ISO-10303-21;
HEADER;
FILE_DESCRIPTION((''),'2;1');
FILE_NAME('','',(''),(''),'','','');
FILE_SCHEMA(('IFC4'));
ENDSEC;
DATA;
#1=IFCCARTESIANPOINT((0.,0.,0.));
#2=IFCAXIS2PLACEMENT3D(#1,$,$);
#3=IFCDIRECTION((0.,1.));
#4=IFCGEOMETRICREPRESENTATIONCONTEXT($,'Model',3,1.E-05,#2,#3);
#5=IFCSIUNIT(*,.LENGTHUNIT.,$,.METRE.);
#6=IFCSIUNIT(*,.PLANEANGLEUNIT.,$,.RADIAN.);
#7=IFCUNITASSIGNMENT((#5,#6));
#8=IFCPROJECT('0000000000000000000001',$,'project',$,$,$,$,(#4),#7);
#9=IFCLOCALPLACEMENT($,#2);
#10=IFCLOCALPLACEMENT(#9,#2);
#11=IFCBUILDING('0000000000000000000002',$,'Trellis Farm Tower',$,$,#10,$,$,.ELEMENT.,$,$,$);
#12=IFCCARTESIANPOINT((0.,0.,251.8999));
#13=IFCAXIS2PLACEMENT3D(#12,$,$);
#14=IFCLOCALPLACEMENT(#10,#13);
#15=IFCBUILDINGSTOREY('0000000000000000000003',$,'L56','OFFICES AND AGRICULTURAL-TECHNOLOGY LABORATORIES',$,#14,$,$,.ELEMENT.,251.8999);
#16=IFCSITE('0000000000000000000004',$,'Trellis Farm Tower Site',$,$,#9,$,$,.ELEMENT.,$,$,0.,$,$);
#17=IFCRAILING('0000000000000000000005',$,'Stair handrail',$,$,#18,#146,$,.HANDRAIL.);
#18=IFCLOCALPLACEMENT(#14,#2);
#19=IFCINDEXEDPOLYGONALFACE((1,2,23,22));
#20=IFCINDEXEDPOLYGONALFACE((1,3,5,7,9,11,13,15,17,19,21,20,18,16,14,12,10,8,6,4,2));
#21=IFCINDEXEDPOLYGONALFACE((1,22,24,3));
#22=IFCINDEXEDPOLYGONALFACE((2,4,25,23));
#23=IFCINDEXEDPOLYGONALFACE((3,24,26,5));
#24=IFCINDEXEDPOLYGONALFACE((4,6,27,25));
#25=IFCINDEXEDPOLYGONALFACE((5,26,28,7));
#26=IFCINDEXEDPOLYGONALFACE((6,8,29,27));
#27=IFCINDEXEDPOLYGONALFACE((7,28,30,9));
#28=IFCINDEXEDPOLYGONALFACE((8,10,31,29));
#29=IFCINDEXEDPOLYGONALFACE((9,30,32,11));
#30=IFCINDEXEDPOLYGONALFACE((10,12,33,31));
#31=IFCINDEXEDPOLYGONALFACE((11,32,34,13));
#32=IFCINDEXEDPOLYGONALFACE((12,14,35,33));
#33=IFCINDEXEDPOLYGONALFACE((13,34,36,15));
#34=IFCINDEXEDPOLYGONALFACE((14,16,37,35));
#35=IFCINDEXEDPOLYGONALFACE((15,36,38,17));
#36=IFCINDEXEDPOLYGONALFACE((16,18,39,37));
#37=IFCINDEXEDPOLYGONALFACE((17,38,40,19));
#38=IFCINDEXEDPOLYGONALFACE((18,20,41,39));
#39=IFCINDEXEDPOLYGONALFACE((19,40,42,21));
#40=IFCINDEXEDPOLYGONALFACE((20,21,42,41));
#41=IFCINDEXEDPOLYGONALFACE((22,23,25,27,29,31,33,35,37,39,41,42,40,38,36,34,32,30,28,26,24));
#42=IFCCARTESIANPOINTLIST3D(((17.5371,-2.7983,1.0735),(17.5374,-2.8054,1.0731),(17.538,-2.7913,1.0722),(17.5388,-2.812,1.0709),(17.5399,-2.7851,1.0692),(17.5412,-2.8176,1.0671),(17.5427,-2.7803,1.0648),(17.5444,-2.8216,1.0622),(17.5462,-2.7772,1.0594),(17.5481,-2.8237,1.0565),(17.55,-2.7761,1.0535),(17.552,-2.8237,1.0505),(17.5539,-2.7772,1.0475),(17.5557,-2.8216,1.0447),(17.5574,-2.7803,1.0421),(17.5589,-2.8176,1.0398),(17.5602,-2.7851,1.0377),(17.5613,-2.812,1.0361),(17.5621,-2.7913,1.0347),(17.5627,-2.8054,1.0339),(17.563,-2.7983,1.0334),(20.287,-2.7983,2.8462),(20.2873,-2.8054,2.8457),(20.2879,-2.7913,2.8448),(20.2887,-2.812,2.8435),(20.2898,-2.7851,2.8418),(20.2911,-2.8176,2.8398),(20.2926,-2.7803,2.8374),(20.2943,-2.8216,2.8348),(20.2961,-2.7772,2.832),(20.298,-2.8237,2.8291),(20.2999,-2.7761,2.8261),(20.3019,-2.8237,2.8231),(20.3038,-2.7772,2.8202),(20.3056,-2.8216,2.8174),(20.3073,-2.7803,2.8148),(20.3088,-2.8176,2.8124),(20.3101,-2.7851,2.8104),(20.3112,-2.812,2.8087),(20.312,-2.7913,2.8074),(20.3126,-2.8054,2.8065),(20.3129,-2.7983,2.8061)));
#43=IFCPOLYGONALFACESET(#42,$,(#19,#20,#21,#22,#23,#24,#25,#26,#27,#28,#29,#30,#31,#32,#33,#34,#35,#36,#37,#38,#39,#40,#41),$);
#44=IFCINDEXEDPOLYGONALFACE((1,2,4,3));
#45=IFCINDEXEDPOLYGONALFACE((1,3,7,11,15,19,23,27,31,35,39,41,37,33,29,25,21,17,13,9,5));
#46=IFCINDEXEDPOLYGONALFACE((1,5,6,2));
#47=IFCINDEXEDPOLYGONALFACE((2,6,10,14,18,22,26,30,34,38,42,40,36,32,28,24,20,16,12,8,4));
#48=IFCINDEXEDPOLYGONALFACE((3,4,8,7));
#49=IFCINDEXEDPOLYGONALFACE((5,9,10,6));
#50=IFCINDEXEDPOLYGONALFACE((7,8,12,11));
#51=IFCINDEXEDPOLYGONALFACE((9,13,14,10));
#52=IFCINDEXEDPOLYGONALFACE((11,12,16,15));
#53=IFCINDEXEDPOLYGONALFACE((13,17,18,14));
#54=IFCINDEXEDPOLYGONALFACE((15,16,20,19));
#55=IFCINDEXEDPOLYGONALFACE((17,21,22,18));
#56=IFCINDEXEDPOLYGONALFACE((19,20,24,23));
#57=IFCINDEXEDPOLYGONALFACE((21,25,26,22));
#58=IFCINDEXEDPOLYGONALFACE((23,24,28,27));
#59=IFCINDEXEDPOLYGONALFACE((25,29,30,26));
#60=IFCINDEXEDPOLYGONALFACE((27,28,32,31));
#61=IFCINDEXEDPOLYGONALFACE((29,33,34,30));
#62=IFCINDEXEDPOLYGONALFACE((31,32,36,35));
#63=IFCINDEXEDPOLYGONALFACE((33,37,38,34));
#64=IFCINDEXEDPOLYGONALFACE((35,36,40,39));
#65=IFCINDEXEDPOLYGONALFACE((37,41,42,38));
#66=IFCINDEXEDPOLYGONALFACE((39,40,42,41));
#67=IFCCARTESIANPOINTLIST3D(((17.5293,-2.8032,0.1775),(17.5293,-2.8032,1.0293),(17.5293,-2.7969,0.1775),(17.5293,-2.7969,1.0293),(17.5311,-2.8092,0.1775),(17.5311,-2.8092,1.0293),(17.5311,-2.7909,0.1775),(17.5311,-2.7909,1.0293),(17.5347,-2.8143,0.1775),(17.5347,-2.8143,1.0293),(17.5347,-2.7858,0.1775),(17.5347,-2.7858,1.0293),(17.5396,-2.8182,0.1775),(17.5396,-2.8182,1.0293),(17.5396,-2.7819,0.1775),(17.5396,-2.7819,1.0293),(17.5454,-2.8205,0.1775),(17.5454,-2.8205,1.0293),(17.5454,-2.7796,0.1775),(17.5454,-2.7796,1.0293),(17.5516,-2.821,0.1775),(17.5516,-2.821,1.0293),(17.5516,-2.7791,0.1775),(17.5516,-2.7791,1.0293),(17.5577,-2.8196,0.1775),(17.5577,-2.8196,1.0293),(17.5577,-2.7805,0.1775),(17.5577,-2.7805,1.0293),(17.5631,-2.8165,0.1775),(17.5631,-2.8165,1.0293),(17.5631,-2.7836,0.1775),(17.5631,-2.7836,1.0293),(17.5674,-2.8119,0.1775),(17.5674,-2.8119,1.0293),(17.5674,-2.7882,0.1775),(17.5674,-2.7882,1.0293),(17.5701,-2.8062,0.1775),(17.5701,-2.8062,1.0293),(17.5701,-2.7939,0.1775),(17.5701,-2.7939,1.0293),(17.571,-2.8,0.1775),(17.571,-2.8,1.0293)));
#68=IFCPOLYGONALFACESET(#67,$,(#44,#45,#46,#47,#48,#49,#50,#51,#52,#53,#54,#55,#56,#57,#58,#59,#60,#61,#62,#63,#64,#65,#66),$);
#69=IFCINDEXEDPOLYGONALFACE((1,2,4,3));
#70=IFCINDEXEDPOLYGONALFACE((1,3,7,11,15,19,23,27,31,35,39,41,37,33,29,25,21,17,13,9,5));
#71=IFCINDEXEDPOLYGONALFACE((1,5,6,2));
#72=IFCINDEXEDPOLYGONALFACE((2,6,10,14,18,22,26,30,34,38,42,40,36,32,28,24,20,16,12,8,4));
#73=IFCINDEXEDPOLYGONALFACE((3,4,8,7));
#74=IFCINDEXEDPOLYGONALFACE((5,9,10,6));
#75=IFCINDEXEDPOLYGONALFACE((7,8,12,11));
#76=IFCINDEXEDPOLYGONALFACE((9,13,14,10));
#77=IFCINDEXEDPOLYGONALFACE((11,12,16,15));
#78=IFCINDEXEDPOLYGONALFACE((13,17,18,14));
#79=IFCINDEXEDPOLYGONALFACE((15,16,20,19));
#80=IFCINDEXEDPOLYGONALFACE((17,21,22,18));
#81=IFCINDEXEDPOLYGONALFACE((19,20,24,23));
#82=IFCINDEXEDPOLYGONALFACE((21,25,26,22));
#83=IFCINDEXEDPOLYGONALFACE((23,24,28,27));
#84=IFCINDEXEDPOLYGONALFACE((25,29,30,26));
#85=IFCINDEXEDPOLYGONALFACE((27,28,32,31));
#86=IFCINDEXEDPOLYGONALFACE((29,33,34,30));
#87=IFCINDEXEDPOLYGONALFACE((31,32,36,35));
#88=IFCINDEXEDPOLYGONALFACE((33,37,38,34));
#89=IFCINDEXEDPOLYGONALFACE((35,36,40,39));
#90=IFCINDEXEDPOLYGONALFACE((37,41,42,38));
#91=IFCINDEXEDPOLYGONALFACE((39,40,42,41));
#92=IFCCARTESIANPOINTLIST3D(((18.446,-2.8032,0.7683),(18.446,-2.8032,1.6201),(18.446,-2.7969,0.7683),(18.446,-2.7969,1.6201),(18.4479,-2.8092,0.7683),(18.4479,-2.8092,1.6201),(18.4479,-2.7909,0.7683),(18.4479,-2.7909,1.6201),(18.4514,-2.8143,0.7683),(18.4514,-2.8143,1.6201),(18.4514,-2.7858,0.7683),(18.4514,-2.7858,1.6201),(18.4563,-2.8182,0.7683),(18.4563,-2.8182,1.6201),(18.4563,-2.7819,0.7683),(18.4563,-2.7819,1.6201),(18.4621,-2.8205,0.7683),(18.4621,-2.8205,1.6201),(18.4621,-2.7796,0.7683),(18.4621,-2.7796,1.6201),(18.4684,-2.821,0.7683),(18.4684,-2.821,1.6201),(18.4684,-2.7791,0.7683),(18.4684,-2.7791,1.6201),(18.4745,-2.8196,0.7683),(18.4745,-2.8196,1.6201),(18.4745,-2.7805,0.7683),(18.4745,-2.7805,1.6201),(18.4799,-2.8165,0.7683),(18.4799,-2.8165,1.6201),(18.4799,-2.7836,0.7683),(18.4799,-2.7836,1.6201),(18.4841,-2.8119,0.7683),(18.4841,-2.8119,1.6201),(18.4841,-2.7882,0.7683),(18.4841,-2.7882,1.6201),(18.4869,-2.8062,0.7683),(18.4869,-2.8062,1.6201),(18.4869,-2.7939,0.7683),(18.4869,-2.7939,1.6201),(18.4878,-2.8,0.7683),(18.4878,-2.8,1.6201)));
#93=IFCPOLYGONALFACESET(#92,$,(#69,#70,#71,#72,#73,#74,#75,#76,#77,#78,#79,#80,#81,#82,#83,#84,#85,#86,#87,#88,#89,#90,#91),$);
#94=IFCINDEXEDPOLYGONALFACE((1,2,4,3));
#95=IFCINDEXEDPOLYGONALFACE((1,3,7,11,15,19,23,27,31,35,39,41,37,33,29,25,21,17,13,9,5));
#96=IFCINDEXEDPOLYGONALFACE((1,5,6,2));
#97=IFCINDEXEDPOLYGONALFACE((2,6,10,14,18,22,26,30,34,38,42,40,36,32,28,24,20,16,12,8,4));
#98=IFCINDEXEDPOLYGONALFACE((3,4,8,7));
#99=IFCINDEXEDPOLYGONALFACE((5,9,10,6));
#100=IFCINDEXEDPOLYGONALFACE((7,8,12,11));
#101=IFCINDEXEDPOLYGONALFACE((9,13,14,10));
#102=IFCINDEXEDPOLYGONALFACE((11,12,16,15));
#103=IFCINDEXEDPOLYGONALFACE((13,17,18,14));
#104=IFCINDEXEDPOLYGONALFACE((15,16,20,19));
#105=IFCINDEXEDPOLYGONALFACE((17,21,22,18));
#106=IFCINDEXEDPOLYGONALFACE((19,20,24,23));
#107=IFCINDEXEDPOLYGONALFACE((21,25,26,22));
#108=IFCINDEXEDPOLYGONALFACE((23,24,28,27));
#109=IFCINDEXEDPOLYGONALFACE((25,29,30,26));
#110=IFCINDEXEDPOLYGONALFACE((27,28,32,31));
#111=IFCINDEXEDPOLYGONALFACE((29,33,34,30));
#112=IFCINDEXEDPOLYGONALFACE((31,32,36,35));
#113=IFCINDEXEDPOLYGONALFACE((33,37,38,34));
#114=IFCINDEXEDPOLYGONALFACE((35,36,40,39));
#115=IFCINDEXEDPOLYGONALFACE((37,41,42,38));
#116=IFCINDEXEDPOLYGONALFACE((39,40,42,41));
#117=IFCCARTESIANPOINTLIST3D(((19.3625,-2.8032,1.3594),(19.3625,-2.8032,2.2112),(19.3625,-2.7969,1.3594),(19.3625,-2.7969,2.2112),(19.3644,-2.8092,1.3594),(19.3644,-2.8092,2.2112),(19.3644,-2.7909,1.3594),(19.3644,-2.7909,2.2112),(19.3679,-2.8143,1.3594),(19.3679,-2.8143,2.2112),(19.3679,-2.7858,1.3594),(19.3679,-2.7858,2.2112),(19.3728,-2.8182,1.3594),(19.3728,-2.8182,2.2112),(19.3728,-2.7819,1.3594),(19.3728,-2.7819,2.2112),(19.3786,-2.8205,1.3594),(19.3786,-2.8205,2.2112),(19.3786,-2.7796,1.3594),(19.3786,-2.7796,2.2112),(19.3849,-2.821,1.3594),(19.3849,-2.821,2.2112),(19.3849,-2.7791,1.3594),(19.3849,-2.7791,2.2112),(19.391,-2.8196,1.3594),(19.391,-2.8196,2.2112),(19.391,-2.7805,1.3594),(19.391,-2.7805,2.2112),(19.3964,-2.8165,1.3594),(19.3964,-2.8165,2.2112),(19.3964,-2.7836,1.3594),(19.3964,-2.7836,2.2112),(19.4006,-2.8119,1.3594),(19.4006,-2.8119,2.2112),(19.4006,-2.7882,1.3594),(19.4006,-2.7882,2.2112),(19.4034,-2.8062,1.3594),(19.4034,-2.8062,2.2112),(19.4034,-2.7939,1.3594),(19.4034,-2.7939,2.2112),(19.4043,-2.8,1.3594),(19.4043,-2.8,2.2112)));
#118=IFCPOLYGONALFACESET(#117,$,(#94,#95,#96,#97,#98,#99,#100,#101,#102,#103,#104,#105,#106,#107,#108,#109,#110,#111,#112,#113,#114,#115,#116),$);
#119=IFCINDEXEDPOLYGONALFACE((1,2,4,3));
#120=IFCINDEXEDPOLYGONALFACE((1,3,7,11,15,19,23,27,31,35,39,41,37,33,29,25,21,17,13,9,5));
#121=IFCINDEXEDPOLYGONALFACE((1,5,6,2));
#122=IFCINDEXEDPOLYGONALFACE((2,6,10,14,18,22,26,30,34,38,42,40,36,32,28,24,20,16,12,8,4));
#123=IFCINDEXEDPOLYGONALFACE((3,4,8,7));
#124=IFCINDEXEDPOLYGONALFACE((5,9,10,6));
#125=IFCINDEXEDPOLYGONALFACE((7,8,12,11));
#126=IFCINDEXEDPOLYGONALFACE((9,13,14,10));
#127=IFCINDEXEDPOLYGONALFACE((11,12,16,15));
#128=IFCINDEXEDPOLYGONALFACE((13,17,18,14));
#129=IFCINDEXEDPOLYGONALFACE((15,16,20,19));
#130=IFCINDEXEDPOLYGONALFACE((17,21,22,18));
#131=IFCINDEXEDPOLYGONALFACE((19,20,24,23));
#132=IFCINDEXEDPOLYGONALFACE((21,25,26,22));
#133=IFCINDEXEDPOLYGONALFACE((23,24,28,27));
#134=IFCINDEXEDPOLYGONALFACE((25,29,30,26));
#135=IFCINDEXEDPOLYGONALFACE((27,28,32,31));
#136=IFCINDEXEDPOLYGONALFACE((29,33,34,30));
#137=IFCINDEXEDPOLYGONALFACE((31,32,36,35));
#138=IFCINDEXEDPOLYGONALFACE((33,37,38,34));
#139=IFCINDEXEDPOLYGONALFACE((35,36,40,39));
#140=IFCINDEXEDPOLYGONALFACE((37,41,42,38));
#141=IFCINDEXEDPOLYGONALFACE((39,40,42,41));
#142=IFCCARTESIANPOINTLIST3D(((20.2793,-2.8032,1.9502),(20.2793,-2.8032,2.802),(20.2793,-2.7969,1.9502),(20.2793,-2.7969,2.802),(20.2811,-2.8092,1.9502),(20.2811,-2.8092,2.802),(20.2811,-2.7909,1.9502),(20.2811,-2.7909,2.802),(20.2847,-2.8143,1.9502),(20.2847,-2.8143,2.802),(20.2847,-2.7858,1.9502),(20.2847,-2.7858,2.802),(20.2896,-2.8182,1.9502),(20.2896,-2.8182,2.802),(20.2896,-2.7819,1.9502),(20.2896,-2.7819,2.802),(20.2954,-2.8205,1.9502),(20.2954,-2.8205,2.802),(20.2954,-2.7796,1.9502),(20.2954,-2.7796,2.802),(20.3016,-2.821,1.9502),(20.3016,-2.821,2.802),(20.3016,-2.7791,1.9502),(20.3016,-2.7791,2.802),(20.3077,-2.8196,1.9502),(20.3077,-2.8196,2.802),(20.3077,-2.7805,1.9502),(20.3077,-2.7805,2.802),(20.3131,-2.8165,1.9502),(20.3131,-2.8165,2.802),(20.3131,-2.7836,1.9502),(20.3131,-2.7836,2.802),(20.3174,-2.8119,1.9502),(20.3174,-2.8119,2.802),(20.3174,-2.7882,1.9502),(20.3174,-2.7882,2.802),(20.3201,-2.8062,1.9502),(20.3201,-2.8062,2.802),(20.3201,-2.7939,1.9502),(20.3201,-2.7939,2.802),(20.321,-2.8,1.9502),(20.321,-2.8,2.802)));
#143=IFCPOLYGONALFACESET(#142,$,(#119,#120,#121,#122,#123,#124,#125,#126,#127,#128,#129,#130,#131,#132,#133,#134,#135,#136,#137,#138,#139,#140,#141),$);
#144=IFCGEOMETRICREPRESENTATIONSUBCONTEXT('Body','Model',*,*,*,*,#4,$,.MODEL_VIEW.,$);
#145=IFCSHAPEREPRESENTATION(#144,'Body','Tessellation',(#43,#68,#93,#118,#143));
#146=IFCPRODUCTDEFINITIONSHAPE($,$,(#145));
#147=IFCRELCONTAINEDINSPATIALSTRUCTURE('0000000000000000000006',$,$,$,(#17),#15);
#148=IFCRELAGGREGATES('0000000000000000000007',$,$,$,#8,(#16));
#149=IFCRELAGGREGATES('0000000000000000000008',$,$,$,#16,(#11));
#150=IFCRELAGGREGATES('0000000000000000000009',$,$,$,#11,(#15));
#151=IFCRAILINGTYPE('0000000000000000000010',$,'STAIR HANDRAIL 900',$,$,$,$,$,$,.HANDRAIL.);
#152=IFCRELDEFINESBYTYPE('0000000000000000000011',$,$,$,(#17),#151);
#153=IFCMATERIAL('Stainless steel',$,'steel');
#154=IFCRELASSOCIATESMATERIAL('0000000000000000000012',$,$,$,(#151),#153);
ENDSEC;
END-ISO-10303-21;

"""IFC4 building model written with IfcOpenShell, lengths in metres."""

from ifc_helpers import new_model, si_unit, direction, frame, origin, origin_2d, place, context, subcontext, project, spatial, circle, extrude, source, transform, mapped, material, type_object, element, save


model = new_model("IFC4")

# Units and contexts
model_context = context("Model", 3, precision=1e-05, world=origin(), true_north=direction((0.0, 1.0)))
body_context = subcontext(model_context, "Body", "Model", "MODEL_VIEW")
ifc_project = project(units=[si_unit("LENGTHUNIT", "METRE"), si_unit("PLANEANGLEUNIT", "RADIAN")], contexts=[model_context])

# Site, building, storey
site_placement = place(None, origin())
site = spatial("IfcSite", under=ifc_project, at=site_placement, Name="Trellis Farm Tower Site", CompositionType="ELEMENT", RefElevation=0.0)
building_placement = place(site_placement, origin())
building = spatial("IfcBuilding", under=site, at=building_placement, Name="Trellis Farm Tower", CompositionType="ELEMENT")
storey_placement = place(building_placement, frame((0.0, 0.0, 251.8999)))
storey = spatial("IfcBuildingStorey", under=building, at=storey_placement, Name="L56", Description="OFFICES AND AGRICULTURAL-TECHNOLOGY LABORATORIES", CompositionType="ELEMENT", Elevation=251.8999)

# Railing
ifc_material_1 = material(Name="Stainless steel", Category="steel")
railing_type = type_object("IfcRailingType", Name="STAIR HANDRAIL 900", PredefinedType="HANDRAIL", material=ifc_material_1)
shared_shape_1 = source(origin(), body_context, "Body", "SweptSolid", [
    extrude(circle(Radius=0.0239, at=origin_2d()), frame((0.0, 0.0, 0.876), z_axis=(0.840504, 0.0, 0.541806), x_axis=(0.0, 1.0, 0.0)), (0.0, 0.0, 1.0), 3.2717),
    extrude(circle(Radius=0.021, at=origin_2d()), origin(), (0.0, 0.0, 1.0), 0.8518),
    extrude(circle(Radius=0.021, at=origin_2d()), frame((0.9167, 0.0, 0.5908)), (0.0, 0.0, 1.0), 0.8518),
    extrude(circle(Radius=0.021, at=origin_2d()), frame((1.8333, 0.0, 1.1819)), (0.0, 0.0, 1.0), 0.8518),
    extrude(circle(Radius=0.021, at=origin_2d()), frame((2.75, 0.0, 1.7727)), (0.0, 0.0, 1.0), 0.8518),
])
for number, where, name in (
    (1, (17.55, -2.8, 0.1775), "Stair handrail"),
):
    element("IfcRailing", number, at=place(storey_placement, frame(where)), inside=storey, type_object=railing_type, Name=name, PredefinedType="HANDRAIL", context=body_context, shape_type="MappedRepresentation", body=[
        mapped(shared_shape_1, transform((0.0, 0.0, 0.0))),
    ])

save(model, "model.ifc")
